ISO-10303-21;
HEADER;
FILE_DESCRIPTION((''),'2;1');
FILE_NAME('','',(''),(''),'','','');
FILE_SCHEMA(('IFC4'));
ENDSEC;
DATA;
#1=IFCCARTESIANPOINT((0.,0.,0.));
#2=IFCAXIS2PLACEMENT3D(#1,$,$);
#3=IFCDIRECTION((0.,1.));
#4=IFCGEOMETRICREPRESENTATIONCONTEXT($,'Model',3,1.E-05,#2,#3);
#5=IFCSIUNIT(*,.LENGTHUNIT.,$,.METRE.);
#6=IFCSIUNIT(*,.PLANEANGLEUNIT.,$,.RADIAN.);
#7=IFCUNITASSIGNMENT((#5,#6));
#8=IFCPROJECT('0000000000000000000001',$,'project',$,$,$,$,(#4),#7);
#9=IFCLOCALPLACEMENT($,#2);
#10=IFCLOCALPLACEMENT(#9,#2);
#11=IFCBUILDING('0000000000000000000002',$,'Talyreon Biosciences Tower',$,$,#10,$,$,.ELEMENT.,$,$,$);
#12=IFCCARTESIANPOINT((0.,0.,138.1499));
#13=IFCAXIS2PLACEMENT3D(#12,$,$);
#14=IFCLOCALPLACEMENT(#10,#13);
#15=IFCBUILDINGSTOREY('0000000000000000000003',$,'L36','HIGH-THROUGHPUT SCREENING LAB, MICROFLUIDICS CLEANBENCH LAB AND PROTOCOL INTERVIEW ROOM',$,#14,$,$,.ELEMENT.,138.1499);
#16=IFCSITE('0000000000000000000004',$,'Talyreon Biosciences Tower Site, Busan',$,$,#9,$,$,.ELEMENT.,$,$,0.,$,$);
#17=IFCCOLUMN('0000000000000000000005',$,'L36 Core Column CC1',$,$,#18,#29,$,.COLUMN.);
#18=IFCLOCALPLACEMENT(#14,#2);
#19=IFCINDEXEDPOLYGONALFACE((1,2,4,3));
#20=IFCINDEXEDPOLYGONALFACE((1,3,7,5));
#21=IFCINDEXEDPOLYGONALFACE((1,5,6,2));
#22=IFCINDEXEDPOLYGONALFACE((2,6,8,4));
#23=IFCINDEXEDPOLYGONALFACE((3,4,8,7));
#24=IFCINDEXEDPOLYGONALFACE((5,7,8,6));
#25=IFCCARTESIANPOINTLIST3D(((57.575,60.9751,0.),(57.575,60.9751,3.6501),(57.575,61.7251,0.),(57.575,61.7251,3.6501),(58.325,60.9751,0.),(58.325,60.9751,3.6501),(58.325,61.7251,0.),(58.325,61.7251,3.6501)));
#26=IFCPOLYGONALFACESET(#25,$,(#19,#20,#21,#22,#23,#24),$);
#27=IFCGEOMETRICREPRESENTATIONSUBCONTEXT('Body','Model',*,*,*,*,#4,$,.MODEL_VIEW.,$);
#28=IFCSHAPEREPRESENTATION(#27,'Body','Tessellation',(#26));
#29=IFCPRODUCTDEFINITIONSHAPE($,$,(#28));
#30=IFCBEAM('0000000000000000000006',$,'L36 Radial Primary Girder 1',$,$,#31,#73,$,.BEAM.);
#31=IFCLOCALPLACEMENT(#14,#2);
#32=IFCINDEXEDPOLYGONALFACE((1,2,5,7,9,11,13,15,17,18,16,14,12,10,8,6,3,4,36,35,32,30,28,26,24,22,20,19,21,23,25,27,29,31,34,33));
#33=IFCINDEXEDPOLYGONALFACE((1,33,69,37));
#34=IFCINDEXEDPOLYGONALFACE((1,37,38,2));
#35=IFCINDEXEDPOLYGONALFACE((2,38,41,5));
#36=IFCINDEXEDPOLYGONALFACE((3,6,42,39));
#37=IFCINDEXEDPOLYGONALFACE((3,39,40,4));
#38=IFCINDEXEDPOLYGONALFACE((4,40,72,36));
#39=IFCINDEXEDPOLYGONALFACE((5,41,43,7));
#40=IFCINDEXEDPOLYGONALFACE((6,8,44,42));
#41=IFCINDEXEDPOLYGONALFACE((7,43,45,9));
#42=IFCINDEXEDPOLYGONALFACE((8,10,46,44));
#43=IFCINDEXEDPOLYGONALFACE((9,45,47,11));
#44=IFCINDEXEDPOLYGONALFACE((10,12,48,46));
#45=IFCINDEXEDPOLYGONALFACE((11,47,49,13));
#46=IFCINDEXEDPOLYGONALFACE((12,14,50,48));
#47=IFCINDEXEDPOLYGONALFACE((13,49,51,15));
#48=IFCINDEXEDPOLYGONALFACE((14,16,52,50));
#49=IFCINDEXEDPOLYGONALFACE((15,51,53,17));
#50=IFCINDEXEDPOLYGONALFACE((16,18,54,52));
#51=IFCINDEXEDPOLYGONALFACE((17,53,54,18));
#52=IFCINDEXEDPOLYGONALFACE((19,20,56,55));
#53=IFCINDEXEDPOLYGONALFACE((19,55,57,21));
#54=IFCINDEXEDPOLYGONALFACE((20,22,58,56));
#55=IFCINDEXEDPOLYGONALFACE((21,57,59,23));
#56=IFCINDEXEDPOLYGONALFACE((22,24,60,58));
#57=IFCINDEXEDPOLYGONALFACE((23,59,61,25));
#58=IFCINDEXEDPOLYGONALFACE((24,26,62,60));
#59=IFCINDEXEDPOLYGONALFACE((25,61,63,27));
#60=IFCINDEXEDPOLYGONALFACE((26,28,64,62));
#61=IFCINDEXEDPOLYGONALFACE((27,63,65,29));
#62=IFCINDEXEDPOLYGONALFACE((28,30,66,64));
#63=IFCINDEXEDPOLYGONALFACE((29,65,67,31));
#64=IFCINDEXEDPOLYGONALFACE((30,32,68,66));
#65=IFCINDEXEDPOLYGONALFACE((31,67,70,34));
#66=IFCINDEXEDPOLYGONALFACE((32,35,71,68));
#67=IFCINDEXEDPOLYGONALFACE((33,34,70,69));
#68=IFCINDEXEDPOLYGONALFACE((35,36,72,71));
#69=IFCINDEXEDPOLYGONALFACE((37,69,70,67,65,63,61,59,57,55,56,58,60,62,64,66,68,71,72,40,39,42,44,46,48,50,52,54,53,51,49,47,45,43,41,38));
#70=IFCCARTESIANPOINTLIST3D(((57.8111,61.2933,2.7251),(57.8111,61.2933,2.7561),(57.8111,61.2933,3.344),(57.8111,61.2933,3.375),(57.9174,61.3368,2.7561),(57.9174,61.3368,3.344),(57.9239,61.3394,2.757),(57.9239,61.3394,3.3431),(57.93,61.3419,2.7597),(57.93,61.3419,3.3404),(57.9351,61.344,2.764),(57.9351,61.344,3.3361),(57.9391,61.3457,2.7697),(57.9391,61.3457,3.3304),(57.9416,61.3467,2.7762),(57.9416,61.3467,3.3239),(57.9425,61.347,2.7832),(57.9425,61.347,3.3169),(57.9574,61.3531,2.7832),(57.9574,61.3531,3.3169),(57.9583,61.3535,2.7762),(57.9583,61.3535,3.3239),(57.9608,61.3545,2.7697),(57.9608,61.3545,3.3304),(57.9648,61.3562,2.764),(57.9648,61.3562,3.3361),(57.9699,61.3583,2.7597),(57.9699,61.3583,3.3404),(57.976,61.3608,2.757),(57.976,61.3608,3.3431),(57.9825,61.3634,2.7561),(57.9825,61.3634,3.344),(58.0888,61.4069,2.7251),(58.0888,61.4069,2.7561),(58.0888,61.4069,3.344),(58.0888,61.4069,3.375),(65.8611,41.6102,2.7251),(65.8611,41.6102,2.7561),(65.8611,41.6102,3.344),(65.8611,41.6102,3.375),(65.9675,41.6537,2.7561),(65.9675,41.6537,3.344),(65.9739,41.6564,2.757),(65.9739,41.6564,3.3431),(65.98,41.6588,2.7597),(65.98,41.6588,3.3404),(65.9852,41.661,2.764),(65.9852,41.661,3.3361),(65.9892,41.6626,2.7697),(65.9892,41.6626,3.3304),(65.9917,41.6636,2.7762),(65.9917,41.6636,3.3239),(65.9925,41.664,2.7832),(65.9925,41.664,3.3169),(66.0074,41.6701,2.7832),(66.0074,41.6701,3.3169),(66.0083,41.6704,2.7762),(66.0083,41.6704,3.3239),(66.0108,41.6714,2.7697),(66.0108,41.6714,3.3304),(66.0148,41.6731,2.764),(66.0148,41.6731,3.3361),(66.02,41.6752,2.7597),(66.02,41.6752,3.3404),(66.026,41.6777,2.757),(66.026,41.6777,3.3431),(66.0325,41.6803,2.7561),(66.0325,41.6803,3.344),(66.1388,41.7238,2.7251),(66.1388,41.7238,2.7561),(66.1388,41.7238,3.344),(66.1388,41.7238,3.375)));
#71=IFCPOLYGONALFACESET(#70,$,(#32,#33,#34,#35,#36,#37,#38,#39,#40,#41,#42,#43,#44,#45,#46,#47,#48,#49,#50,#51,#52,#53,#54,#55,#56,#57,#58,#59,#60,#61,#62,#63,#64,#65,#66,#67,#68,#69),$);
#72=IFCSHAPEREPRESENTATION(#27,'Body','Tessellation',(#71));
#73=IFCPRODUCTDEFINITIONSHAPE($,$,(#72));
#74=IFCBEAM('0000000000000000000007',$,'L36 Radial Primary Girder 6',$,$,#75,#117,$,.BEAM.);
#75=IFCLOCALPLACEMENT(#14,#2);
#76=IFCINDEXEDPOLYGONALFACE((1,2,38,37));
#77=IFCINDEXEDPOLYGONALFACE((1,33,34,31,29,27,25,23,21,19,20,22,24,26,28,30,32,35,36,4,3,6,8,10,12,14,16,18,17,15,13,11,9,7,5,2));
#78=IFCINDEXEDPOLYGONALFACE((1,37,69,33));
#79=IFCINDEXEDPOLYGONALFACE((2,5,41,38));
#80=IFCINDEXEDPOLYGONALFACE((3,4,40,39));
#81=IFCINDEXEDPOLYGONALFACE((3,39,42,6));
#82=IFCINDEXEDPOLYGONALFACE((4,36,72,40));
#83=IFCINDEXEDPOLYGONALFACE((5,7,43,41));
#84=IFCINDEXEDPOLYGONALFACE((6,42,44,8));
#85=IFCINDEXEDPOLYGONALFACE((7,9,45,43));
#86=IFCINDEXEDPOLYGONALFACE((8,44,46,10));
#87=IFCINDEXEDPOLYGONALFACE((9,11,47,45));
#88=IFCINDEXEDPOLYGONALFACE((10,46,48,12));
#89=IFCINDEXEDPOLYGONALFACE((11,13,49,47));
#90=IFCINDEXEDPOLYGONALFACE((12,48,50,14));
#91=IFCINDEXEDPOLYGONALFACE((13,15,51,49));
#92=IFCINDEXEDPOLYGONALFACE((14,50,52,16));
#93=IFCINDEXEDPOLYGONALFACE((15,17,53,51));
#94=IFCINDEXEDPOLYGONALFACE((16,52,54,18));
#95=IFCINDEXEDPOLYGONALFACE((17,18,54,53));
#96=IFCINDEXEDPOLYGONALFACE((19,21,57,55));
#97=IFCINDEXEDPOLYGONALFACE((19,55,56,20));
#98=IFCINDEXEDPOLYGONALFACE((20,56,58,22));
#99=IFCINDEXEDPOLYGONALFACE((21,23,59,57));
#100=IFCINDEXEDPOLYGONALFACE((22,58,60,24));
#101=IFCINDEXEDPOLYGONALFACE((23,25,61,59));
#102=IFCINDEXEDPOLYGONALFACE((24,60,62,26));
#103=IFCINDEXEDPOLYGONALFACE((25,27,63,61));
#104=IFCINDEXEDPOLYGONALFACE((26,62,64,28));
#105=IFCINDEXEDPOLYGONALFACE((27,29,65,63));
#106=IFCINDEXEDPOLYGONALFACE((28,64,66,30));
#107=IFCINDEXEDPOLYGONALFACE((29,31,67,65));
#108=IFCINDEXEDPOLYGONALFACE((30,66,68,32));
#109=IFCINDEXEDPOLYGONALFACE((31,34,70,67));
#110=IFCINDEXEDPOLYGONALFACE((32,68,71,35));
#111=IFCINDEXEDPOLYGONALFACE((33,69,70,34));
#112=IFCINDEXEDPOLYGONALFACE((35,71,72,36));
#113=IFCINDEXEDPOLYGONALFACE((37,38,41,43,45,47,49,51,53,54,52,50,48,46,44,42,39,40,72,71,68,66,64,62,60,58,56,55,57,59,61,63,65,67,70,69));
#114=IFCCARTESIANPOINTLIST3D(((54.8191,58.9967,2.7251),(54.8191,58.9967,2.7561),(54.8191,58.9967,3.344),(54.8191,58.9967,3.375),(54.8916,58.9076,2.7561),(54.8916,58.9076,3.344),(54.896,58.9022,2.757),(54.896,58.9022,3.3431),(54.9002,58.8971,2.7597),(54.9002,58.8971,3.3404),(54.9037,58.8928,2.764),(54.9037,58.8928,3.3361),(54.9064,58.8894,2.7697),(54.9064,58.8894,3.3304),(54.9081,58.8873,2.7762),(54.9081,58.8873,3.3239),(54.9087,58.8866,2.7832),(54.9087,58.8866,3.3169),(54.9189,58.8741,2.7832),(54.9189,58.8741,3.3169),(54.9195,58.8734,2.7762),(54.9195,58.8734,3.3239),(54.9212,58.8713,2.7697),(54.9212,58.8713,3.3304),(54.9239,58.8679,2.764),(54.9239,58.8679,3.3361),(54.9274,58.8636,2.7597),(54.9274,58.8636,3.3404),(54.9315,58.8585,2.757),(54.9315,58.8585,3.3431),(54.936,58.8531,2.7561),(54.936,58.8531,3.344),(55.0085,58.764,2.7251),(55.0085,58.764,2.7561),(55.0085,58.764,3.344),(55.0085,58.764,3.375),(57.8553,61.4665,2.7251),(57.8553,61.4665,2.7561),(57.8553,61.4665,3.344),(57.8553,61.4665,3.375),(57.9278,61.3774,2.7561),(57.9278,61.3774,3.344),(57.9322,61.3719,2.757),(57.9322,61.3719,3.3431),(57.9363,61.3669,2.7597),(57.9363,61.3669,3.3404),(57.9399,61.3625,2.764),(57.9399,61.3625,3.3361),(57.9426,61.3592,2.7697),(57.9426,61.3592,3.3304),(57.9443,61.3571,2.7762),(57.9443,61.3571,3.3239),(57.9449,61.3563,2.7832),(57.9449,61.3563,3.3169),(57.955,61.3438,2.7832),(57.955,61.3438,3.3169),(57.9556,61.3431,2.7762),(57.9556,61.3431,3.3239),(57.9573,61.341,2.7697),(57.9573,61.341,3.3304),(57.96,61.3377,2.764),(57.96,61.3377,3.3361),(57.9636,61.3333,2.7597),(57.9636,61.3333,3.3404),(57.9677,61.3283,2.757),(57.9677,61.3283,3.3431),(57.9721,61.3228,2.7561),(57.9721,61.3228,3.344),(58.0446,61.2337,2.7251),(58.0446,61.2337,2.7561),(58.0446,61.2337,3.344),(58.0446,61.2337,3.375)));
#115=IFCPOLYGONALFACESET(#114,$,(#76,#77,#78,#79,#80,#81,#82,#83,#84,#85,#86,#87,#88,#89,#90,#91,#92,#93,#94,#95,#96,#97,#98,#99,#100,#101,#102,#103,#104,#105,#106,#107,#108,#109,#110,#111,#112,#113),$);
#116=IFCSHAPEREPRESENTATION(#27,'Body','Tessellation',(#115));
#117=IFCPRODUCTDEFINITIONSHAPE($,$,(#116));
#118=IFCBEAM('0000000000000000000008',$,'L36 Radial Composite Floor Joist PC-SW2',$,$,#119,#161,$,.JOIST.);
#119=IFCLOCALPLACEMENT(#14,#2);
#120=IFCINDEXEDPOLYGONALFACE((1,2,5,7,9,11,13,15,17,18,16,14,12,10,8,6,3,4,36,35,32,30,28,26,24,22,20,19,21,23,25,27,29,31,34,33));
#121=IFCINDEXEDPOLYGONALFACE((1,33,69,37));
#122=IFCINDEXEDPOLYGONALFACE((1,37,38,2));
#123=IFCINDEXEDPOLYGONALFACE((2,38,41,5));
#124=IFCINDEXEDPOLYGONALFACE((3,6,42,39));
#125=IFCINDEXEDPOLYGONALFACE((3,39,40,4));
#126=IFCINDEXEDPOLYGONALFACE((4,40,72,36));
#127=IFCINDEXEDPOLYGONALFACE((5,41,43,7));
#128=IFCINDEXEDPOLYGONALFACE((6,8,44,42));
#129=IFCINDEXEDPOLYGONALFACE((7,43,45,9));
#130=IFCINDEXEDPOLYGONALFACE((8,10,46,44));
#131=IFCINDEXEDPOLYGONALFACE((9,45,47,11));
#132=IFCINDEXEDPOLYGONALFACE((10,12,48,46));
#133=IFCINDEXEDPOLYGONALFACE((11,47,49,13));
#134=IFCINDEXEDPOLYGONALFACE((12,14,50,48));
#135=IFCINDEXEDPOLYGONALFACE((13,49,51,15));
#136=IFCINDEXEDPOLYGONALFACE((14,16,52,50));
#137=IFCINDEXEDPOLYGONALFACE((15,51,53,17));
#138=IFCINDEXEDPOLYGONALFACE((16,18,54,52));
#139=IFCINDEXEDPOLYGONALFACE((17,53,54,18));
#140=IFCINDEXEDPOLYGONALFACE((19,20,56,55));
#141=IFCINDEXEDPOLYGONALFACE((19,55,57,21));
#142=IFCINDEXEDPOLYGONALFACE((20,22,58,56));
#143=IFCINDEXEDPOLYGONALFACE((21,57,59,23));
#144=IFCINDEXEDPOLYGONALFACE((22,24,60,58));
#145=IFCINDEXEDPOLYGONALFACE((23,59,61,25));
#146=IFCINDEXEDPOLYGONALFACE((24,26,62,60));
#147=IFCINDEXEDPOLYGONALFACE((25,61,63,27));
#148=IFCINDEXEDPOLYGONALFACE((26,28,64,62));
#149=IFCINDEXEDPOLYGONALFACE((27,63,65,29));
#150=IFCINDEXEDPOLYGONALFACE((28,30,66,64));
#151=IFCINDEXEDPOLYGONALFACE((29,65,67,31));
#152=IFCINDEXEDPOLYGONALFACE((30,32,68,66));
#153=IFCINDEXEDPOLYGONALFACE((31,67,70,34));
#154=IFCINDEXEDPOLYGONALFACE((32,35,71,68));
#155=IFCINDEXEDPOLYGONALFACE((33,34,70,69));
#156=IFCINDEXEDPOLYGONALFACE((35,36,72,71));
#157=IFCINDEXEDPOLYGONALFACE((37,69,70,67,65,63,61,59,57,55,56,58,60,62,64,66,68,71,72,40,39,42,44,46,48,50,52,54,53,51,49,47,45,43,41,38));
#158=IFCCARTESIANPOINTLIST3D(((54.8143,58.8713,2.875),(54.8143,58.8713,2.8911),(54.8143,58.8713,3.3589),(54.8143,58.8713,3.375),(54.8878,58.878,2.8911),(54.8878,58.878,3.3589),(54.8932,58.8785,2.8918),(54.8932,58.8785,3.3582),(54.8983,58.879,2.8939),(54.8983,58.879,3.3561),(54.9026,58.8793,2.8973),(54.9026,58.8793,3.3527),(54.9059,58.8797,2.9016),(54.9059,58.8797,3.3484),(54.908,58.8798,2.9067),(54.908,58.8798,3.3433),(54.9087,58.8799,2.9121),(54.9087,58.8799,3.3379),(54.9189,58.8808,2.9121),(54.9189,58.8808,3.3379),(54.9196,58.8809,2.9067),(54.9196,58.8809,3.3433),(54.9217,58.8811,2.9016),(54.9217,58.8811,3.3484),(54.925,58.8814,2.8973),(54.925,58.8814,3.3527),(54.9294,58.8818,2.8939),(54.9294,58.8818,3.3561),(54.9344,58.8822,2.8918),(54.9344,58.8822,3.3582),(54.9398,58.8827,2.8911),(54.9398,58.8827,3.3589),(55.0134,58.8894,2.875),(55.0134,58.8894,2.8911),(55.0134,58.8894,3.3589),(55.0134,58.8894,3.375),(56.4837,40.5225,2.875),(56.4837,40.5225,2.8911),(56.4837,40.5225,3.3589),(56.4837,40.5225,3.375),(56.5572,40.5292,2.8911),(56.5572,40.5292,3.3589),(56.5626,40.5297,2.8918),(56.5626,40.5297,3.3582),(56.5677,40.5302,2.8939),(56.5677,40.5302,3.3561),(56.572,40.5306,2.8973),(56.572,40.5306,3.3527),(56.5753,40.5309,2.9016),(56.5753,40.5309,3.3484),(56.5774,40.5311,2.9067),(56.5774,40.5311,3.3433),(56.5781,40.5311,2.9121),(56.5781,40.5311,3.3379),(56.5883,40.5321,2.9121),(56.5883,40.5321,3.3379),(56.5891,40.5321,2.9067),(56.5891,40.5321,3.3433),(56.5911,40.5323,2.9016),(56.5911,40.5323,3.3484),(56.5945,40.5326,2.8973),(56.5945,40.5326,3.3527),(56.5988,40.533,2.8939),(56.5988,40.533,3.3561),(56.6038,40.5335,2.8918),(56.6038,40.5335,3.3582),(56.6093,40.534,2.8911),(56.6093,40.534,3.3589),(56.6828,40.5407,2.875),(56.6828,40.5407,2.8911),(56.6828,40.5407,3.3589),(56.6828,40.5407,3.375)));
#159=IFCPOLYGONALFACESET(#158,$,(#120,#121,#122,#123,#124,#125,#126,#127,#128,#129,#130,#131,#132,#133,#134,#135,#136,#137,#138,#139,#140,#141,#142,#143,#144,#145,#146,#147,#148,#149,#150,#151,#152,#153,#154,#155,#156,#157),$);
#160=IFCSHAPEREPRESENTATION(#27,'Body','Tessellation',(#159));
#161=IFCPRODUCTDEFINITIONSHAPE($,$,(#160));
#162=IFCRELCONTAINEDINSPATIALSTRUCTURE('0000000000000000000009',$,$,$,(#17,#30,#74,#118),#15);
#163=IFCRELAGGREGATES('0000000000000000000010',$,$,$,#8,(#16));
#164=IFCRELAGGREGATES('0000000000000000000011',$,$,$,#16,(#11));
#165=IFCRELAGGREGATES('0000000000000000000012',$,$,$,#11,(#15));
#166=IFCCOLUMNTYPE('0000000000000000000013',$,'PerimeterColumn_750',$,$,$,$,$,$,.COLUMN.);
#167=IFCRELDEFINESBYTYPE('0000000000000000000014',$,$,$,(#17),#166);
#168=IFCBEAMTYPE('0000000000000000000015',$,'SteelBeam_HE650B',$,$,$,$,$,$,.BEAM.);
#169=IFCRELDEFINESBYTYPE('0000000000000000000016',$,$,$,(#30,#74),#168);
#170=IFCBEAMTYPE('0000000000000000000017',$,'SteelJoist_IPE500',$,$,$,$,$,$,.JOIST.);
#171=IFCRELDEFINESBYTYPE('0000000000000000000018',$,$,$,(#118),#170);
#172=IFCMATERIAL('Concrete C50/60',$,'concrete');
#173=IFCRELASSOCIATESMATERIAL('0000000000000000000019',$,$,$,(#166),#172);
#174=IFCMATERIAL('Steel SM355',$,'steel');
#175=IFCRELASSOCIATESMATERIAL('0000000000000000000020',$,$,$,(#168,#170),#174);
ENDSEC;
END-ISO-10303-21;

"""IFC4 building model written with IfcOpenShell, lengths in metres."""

from ifc_helpers import new_model, si_unit, direction, frame, origin, origin_2d, place, context, subcontext, project, spatial, rectangle, i_section, extrude, material, material_profile, profile_set, type_object, element, save


model = new_model("IFC4")

# Units and contexts
model_context = context("Model", 3, precision=1e-05, world=origin(), true_north=direction((0.0, 1.0)))
body_context = subcontext(model_context, "Body", "Model", "MODEL_VIEW")
ifc_project = project(units=[si_unit("LENGTHUNIT", "METRE"), si_unit("PLANEANGLEUNIT", "RADIAN")], contexts=[model_context])

# Site, building, storey
site_placement = place(None, origin())
site = spatial("IfcSite", under=ifc_project, at=site_placement, Name="Talyreon Biosciences Tower Site, Busan", CompositionType="ELEMENT", RefElevation=0.0)
building_placement = place(site_placement, origin())
building = spatial("IfcBuilding", under=site, at=building_placement, Name="Talyreon Biosciences Tower", CompositionType="ELEMENT")
storey_placement = place(building_placement, frame((0.0, 0.0, 138.1499)))
storey = spatial("IfcBuildingStorey", under=building, at=storey_placement, Name="L36", Description="HIGH-THROUGHPUT SCREENING LAB, MICROFLUIDICS CLEANBENCH LAB AND PROTOCOL INTERVIEW ROOM", CompositionType="ELEMENT", Elevation=138.1499)

# Column
ifc_material_1 = material(Name="Concrete C50/60", Category="concrete")
ifc_material_profile_1 = material_profile(ifc_material_1, rectangle(XDim=0.75, YDim=0.75, at=origin_2d()), Name="RC 750x750")
ifc_profile_set_1 = profile_set([ifc_material_profile_1], Name="Concrete C50/60")
column_type = type_object("IfcColumnType", Name="PerimeterColumn_750", PredefinedType="COLUMN", material=ifc_profile_set_1)
column_placement = place(storey_placement, frame((57.95, 61.3501, 0.0), z_axis=(0.0, 0.0, 1.0), x_axis=(1.0, 0.0, 0.0)))
element("IfcColumn", 1, at=column_placement, inside=storey, type_object=column_type, Name="L36 Core Column CC1", PredefinedType="COLUMN", context=body_context, shape_type="SweptSolid", body=[
    extrude(rectangle(XDim=0.75, YDim=0.75, at=origin_2d()), origin(), (0.0, 0.0, 1.0), 3.6501),
])

# Beams
ifc_material_2 = material(Name="Steel SM355", Category="steel")
ifc_material_profile_2 = material_profile(ifc_material_2, i_section(OverallWidth=0.3, OverallDepth=0.6499, WebThickness=0.0161, FlangeThickness=0.031, FilletRadius=0.0271, at=origin_2d()), Name="HE650B")
ifc_profile_set_2 = profile_set([ifc_material_profile_2], Name="Steel SM355")
beam_type_1 = type_object("IfcBeamType", Name="SteelBeam_HE650B", PredefinedType="BEAM", material=ifc_profile_set_2)
beam_1_placement = place(storey_placement, frame((57.95, 61.3501, 3.05), z_axis=(0.378547, -0.925582, 0.0), x_axis=(0.925582, 0.378547, 0.0)))
element("IfcBeam", 2, at=beam_1_placement, inside=storey, type_object=beam_type_1, Name="L36 Radial Primary Girder 1", PredefinedType="BEAM", context=body_context, shape_type="SweptSolid", body=[
    extrude(i_section(OverallWidth=0.3, OverallDepth=0.6499, WebThickness=0.0161, FlangeThickness=0.031, FilletRadius=0.0271, at=origin_2d()), origin(), (0.0, 0.0, 1.0), 21.2656),
])
beam_2_placement = place(storey_placement, frame((57.95, 61.3501, 3.05), z_axis=(-0.775755, -0.631034, 0.0), x_axis=(0.631034, -0.775755, 0.0)))
element("IfcBeam", 3, at=beam_2_placement, inside=storey, type_object=beam_type_1, Name="L36 Radial Primary Girder 6", PredefinedType="BEAM", context=body_context, shape_type="SweptSolid", body=[
    extrude(i_section(OverallWidth=0.3, OverallDepth=0.6499, WebThickness=0.0161, FlangeThickness=0.031, FilletRadius=0.0271, at=origin_2d()), origin(), (0.0, 0.0, 1.0), 3.9138),
])
ifc_material_profile_3 = material_profile(ifc_material_2, i_section(OverallWidth=0.2, OverallDepth=0.5, WebThickness=0.0103, FlangeThickness=0.0161, FilletRadius=0.021, at=origin_2d()), Name="IPE500")
ifc_profile_set_3 = profile_set([ifc_material_profile_3], Name="Steel SM355")
beam_type_2 = type_object("IfcBeamType", Name="SteelJoist_IPE500", PredefinedType="JOIST", material=ifc_profile_set_3)
beam_3_placement = place(storey_placement, frame((54.9138, 58.8804, 3.125), z_axis=(0.090609, -0.995887, 0.0), x_axis=(0.995887, 0.090609, 0.0)))
element("IfcBeam", 4, at=beam_3_placement, inside=storey, type_object=beam_type_2, Name="L36 Radial Composite Floor Joist PC-SW2", PredefinedType="JOIST", context=body_context, shape_type="SweptSolid", body=[
    extrude(i_section(OverallWidth=0.2, OverallDepth=0.5, WebThickness=0.0103, FlangeThickness=0.0161, FilletRadius=0.021, at=origin_2d()), origin(), (0.0, 0.0, 1.0), 18.4246),
])

save(model, "model.ifc")
